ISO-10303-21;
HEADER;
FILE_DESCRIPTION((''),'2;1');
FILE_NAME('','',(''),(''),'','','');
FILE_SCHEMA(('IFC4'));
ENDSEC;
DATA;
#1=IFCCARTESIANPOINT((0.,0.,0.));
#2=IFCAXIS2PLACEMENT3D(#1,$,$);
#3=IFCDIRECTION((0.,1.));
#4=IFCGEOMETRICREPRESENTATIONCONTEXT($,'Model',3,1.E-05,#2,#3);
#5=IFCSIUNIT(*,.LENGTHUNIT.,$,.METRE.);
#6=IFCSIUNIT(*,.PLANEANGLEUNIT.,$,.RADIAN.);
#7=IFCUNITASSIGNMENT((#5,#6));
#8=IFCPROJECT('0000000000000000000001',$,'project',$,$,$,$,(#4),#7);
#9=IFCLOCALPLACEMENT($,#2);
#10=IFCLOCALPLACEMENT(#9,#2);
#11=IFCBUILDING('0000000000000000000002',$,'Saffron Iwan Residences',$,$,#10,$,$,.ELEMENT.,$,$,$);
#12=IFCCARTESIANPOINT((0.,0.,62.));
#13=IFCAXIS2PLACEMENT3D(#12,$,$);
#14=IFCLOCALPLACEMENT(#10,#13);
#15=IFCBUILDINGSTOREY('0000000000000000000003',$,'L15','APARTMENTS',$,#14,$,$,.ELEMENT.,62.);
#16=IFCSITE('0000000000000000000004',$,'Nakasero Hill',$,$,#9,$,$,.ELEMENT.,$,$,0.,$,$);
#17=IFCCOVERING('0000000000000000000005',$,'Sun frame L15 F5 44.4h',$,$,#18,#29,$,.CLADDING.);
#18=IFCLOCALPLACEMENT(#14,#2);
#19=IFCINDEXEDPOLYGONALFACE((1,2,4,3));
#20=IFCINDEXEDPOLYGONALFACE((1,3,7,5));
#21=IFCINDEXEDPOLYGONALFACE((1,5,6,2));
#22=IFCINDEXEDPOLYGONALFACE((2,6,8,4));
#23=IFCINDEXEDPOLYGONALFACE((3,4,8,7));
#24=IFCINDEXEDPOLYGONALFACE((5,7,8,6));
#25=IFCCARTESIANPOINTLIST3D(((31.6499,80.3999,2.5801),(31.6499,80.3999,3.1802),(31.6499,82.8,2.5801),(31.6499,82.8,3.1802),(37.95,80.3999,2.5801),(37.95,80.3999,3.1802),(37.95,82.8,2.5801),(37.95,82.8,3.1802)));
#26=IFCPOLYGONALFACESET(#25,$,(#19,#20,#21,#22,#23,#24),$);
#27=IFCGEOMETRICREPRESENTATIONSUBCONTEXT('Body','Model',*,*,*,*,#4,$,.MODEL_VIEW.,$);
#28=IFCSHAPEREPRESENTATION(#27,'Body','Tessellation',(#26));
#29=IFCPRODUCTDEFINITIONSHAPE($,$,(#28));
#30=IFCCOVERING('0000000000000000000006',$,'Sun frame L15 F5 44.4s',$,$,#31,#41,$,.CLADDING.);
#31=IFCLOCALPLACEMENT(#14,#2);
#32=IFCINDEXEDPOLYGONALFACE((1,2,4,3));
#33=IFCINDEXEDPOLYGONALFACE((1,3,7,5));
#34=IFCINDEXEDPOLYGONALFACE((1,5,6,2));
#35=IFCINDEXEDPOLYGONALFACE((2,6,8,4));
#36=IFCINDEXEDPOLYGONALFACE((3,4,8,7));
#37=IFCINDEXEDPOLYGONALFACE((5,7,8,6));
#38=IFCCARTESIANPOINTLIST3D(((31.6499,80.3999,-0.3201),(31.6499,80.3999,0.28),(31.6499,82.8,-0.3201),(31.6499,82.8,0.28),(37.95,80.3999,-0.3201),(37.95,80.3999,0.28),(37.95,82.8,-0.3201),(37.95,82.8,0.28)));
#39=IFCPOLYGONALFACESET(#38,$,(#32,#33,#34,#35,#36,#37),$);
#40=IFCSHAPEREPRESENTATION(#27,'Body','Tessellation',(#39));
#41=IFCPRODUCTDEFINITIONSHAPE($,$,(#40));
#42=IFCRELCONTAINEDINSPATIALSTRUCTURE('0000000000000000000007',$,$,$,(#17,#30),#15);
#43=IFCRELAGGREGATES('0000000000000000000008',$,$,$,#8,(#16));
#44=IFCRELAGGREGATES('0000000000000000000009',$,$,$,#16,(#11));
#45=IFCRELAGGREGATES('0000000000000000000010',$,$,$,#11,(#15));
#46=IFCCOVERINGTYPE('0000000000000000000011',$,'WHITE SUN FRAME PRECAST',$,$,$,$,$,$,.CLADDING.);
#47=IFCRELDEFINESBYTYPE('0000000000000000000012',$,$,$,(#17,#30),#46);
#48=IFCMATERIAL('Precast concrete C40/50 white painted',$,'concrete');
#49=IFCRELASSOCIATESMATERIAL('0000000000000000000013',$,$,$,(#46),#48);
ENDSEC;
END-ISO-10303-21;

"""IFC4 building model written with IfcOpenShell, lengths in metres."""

from ifc_helpers import new_model, si_unit, direction, frame, origin, place, context, subcontext, project, spatial, polyline, outline, extrude, material, type_object, element, save


model = new_model("IFC4")

# Units and contexts
model_context = context("Model", 3, precision=1e-05, world=origin(), true_north=direction((0.0, 1.0)))
body_context = subcontext(model_context, "Body", "Model", "MODEL_VIEW")
ifc_project = project(units=[si_unit("LENGTHUNIT", "METRE"), si_unit("PLANEANGLEUNIT", "RADIAN")], contexts=[model_context])

# Site, building, storey
site_placement = place(None, origin())
site = spatial("IfcSite", under=ifc_project, at=site_placement, Name="Nakasero Hill", CompositionType="ELEMENT", RefElevation=0.0)
building_placement = place(site_placement, origin())
building = spatial("IfcBuilding", under=site, at=building_placement, Name="Saffron Iwan Residences", CompositionType="ELEMENT")
storey_placement = place(building_placement, frame((0.0, 0.0, 62.0)))
storey = spatial("IfcBuildingStorey", under=building, at=storey_placement, Name="L15", Description="APARTMENTS", CompositionType="ELEMENT", Elevation=62.0)

# Coverings
ifc_material_1 = material(Name="Precast concrete C40/50 white painted", Category="concrete")
covering_type = type_object("IfcCoveringType", Name="WHITE SUN FRAME PRECAST", PredefinedType="CLADDING", material=ifc_material_1)
for number, where, z_axis, x_axis, name in (
    (1, (37.95, 80.3999, 2.5801), (0.0, 1.0, 0.0), (-1.0, 0.0, 0.0), "Sun frame L15 F5 44.4h"),
    (2, (37.95, 80.3999, -0.3201), (0.0, 1.0, 0.0), (-1.0, 0.0, 0.0), "Sun frame L15 F5 44.4s"),
):
    element("IfcCovering", number, at=place(storey_placement, frame(where, z_axis=z_axis, x_axis=x_axis)), inside=storey, type_object=covering_type, Name=name, PredefinedType="CLADDING", context=body_context, shape_type="SweptSolid", body=[
        extrude(outline(polyline([(0.0, 0.0), (6.3, 0.0), (6.3, 0.6001), (0.0, 0.6001), (0.0, 0.0)])), origin(), (0.0, 0.0, 1.0), 2.4001),
    ])

save(model, "model.ifc")
